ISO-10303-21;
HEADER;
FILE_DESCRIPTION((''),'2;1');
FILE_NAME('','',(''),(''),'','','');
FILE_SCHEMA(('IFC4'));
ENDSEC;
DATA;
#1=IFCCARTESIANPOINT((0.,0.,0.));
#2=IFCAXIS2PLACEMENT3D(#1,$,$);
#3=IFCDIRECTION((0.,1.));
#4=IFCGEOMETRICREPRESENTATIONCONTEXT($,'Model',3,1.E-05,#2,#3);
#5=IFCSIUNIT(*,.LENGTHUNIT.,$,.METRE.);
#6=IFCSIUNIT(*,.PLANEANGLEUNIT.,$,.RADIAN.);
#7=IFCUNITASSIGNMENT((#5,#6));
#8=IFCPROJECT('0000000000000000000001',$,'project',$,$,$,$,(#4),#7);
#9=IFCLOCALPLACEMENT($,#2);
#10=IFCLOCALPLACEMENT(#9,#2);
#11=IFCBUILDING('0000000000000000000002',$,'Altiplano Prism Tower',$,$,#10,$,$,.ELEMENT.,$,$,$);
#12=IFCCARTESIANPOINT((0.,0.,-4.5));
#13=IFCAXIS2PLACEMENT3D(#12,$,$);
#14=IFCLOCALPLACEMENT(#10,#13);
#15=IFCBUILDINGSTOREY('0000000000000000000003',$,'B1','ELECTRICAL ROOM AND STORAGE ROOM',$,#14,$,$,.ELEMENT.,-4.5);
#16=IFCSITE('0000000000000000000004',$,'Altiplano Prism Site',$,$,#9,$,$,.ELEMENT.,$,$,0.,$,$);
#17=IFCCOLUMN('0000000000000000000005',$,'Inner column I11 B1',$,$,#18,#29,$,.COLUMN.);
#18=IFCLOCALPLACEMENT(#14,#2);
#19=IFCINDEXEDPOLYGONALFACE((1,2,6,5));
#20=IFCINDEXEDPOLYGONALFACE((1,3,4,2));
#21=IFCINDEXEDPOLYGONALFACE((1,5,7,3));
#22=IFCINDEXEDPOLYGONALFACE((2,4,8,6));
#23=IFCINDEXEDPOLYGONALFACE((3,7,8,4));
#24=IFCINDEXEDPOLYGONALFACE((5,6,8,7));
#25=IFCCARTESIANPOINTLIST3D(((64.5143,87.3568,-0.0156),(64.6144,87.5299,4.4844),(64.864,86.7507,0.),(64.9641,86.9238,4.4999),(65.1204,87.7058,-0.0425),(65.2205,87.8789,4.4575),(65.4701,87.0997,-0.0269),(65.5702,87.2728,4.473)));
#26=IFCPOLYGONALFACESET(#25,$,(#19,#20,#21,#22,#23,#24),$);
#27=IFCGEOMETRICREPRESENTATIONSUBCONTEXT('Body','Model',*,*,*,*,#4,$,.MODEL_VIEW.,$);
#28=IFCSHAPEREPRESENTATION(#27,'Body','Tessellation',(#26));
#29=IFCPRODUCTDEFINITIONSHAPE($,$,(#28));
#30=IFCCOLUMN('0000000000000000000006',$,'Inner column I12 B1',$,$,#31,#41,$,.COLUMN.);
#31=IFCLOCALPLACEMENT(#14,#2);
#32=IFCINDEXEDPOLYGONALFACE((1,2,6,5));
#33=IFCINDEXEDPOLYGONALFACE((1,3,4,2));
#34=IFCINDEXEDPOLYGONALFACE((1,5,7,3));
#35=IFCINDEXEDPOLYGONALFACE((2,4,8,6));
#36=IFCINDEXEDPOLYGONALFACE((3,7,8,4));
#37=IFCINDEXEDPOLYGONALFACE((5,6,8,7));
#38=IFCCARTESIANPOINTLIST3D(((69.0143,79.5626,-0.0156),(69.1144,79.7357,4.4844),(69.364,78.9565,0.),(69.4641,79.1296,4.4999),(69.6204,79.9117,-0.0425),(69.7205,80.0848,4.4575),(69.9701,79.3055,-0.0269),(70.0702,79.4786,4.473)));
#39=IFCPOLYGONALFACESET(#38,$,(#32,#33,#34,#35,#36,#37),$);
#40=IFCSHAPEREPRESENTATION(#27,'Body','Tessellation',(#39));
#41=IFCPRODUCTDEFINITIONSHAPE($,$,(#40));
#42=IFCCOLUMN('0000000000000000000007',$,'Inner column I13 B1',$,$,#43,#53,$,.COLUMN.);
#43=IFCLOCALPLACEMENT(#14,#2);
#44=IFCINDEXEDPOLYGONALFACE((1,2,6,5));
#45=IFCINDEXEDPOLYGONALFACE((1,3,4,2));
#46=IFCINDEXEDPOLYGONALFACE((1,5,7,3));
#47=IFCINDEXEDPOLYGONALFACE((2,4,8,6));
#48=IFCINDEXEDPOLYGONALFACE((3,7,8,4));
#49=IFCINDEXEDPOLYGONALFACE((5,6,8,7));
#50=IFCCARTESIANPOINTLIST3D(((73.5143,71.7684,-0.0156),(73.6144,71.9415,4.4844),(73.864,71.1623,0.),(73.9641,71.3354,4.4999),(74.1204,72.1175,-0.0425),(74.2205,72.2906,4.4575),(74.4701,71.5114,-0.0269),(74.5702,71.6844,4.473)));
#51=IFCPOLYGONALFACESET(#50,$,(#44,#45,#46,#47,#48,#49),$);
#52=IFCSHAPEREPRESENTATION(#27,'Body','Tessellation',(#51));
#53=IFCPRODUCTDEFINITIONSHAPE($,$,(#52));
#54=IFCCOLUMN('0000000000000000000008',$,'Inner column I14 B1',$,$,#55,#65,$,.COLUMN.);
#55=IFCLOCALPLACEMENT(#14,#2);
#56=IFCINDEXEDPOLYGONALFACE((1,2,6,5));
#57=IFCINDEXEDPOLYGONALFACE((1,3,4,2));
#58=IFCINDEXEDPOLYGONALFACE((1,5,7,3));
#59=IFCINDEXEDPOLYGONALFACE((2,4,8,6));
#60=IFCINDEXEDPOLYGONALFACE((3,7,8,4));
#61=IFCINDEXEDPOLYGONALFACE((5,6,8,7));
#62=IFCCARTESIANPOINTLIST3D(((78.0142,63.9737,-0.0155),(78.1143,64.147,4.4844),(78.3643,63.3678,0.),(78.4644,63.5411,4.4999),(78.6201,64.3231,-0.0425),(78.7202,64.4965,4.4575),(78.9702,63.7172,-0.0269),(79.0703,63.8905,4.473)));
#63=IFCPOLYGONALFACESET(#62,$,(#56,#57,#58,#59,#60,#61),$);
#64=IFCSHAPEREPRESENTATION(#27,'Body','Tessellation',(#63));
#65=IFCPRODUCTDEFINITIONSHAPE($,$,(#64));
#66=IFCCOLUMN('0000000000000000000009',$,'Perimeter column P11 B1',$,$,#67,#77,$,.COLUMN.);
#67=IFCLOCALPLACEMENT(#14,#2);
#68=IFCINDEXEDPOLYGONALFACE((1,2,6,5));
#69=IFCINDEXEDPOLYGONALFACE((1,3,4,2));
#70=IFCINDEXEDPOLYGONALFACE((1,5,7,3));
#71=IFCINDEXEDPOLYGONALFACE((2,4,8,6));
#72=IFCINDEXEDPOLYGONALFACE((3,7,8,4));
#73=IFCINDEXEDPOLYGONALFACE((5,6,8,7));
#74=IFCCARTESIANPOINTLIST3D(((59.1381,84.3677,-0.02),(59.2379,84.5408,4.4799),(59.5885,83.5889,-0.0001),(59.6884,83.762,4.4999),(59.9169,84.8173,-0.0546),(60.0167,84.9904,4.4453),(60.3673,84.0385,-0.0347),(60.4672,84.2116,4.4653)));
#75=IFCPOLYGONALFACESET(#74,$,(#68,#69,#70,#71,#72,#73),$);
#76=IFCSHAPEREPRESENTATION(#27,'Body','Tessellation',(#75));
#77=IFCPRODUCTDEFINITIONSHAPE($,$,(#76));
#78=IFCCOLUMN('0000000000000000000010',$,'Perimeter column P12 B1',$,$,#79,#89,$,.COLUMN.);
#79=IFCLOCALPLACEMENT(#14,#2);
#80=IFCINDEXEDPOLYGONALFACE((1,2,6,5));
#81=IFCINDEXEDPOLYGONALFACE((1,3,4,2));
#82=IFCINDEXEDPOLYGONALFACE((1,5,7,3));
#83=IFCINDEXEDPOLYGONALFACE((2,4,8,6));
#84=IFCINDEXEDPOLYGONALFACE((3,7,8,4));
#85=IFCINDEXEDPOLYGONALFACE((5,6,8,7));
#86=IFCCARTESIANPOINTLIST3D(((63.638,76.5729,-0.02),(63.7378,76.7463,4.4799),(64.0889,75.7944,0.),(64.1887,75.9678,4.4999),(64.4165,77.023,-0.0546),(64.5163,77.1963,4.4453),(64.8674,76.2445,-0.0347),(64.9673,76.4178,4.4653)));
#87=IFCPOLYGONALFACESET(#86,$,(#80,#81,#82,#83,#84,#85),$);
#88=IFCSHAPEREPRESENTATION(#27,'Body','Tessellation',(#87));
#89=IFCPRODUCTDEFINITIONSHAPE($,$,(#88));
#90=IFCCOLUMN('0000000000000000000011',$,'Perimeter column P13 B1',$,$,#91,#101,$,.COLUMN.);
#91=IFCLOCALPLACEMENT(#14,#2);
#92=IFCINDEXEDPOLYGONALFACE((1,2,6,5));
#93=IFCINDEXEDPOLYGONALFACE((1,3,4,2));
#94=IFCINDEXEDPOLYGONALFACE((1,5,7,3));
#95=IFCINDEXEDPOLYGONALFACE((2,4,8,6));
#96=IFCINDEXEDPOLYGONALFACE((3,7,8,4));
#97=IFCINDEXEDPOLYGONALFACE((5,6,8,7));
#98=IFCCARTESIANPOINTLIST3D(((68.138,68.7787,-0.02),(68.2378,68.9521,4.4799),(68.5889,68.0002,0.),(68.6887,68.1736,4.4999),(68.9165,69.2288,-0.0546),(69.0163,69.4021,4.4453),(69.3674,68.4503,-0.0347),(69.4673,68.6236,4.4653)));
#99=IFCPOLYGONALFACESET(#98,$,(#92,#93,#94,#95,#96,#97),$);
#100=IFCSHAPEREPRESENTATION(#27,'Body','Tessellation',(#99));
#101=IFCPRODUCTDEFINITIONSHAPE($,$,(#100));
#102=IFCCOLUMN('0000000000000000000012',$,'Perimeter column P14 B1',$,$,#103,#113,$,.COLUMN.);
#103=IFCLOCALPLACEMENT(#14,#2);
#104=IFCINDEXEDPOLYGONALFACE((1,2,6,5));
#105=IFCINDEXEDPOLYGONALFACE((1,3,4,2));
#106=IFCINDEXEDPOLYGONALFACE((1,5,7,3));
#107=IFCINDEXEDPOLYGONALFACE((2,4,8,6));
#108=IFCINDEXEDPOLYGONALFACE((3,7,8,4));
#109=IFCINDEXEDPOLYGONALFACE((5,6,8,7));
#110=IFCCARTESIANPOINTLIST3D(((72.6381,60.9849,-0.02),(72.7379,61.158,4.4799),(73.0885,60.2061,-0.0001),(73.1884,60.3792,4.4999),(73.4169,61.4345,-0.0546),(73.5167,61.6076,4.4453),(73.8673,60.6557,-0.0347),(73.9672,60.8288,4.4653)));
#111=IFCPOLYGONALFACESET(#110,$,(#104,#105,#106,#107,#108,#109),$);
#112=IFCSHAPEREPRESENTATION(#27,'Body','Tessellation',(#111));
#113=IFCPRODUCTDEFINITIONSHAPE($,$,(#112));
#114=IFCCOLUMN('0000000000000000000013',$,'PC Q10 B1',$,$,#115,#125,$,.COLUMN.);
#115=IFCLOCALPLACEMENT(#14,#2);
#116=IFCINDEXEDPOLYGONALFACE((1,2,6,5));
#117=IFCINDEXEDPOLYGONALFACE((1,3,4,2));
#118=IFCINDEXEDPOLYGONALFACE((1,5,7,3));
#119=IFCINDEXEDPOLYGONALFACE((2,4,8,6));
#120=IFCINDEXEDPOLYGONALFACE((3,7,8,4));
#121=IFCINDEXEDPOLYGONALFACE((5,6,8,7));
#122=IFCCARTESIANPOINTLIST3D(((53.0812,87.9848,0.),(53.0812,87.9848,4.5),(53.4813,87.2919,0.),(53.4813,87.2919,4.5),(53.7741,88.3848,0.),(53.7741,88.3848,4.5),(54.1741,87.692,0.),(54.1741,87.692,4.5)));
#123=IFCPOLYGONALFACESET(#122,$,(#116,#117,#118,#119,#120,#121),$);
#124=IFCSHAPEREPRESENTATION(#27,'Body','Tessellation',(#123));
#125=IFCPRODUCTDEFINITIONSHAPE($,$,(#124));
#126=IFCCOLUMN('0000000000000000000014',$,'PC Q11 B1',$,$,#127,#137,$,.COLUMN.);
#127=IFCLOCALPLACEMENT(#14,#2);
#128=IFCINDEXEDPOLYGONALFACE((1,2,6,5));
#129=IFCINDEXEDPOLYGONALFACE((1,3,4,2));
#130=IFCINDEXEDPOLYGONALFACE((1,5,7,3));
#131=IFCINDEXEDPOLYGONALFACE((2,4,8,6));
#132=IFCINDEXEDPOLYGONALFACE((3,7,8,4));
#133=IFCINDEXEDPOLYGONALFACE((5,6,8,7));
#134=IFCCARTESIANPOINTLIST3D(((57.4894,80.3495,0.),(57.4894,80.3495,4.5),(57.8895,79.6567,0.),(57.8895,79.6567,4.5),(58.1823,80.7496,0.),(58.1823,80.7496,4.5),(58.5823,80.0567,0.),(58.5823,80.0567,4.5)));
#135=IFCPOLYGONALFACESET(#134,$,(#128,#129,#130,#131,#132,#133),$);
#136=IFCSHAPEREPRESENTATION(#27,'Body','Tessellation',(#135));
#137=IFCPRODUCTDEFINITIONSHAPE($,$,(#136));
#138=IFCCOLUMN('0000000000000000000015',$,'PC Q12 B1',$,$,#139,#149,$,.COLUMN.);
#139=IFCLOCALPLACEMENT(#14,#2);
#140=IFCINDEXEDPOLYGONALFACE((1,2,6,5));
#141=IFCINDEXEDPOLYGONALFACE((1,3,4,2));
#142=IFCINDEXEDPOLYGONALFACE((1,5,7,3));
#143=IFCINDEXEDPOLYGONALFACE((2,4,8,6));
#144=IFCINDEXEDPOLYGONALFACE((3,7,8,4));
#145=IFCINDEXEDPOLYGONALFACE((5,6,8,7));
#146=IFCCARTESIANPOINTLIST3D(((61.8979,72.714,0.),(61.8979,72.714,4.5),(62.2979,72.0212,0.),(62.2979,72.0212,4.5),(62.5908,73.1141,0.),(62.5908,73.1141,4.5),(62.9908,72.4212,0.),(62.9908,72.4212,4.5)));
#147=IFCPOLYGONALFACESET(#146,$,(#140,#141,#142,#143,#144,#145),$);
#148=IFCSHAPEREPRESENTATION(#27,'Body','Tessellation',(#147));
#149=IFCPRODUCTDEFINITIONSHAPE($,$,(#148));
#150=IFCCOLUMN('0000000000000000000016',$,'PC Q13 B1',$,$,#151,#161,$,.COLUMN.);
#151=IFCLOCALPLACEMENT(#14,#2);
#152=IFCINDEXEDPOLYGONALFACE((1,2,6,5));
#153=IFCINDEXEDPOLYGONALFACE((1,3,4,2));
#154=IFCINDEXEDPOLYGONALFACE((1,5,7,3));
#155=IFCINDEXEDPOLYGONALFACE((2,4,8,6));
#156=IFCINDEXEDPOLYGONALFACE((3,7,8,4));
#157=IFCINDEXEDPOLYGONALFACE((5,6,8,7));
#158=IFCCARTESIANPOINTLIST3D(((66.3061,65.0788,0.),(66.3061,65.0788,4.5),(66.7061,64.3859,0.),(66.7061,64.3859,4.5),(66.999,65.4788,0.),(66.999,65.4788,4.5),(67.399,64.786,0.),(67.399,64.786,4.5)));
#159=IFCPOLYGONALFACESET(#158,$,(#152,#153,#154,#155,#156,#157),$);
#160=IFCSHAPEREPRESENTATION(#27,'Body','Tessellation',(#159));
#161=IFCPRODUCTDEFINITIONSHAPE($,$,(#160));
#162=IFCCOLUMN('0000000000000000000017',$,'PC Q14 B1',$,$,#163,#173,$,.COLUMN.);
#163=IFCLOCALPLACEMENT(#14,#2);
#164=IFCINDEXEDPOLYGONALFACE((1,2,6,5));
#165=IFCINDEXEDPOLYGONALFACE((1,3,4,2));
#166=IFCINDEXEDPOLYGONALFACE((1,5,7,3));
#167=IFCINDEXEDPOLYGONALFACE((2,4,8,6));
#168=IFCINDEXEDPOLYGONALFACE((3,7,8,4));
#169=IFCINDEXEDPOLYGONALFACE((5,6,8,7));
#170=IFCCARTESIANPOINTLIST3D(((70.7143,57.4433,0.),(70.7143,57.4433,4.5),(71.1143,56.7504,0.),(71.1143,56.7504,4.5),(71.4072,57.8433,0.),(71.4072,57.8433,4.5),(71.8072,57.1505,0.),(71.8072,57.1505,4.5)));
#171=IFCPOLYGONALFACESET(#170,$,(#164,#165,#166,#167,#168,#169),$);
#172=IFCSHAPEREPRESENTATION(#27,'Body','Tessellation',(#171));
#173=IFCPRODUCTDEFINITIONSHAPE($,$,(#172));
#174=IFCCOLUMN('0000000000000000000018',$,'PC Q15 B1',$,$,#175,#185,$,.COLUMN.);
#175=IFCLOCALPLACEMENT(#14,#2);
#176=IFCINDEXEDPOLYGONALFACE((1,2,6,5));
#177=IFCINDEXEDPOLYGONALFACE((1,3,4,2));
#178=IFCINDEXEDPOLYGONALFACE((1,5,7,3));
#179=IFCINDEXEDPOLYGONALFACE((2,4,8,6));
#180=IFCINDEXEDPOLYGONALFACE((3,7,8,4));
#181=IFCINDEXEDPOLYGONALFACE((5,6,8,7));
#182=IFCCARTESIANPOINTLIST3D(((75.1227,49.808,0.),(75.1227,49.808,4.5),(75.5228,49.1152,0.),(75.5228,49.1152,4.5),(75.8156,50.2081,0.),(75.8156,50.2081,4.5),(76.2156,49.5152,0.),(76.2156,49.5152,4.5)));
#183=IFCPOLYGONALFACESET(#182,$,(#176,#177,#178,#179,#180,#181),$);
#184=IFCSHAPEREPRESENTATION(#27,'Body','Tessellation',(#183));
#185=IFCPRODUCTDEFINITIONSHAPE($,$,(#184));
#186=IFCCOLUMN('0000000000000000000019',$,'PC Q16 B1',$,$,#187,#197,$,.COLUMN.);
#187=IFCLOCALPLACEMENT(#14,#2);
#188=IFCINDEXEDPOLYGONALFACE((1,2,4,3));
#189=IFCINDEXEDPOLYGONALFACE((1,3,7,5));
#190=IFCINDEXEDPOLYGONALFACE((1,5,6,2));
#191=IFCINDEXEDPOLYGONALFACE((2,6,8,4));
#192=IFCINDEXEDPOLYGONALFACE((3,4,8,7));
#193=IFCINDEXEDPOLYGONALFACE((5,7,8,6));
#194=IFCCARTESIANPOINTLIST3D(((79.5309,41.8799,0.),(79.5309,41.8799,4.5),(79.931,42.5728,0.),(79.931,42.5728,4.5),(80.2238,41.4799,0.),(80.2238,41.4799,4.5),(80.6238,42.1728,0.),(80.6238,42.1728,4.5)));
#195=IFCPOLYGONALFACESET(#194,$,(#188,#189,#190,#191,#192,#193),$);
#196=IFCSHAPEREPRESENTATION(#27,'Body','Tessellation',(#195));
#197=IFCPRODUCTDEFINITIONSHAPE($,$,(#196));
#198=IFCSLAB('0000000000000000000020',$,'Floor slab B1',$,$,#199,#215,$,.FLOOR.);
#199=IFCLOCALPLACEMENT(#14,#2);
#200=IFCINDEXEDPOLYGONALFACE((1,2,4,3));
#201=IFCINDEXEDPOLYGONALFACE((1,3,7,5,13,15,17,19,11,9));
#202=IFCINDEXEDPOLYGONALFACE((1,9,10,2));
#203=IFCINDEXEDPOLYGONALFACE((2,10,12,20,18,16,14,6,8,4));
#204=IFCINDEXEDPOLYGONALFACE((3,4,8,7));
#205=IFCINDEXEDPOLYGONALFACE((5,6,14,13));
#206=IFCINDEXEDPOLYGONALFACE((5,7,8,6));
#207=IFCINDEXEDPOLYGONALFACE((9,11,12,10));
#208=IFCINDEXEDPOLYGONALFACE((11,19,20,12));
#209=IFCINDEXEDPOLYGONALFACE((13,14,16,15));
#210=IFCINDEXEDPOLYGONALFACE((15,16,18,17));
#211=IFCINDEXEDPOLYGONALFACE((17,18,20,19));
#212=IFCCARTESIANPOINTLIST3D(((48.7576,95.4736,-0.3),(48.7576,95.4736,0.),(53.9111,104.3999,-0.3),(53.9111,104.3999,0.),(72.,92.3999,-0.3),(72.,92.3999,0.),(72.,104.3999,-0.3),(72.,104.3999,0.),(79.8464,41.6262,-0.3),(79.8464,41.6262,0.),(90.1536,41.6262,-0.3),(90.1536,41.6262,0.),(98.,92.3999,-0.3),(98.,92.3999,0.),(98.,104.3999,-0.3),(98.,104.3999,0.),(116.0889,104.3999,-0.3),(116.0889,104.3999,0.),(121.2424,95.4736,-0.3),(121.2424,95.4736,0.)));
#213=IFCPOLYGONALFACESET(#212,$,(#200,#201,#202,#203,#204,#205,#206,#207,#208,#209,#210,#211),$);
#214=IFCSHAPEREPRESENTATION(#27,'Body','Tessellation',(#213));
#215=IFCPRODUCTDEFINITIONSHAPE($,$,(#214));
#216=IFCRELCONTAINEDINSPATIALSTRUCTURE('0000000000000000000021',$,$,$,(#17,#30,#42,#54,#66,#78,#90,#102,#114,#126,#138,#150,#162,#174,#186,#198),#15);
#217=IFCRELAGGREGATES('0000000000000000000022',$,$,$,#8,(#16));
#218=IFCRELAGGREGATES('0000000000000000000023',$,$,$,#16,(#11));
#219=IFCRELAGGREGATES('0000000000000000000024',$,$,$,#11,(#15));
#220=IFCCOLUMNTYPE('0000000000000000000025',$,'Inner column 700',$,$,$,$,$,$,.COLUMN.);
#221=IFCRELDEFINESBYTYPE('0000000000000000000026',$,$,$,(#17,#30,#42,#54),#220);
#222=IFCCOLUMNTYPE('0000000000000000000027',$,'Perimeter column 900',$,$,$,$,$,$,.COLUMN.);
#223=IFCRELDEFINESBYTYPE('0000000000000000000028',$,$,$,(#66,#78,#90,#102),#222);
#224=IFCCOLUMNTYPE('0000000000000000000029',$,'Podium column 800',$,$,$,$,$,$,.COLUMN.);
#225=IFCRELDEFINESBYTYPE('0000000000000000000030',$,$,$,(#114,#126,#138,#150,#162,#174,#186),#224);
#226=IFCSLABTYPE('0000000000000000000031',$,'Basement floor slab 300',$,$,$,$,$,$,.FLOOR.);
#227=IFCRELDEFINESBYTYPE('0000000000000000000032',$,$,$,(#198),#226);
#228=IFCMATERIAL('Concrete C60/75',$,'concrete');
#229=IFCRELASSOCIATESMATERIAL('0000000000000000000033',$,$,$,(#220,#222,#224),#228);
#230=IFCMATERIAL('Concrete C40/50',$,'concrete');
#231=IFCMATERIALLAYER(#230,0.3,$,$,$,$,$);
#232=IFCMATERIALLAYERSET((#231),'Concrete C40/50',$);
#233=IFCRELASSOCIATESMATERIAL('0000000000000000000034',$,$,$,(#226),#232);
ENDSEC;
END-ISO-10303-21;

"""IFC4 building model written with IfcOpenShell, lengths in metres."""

from ifc_helpers import new_model, si_unit, direction, frame, origin, origin_2d, place, context, subcontext, project, spatial, polyline, rectangle, outline, extrude, material, layer, layer_set, material_profile, profile_set, type_object, element, save


model = new_model("IFC4")

# Units and contexts
model_context = context("Model", 3, precision=1e-05, world=origin(), true_north=direction((0.0, 1.0)))
body_context = subcontext(model_context, "Body", "Model", "MODEL_VIEW")
ifc_project = project(units=[si_unit("LENGTHUNIT", "METRE"), si_unit("PLANEANGLEUNIT", "RADIAN")], contexts=[model_context])

# Site, building, storey
site_placement = place(None, origin())
site = spatial("IfcSite", under=ifc_project, at=site_placement, Name="Altiplano Prism Site", CompositionType="ELEMENT", RefElevation=0.0)
building_placement = place(site_placement, origin())
building = spatial("IfcBuilding", under=site, at=building_placement, Name="Altiplano Prism Tower", CompositionType="ELEMENT")
storey_placement = place(building_placement, frame((0.0, 0.0, -4.5)))
storey = spatial("IfcBuildingStorey", under=building, at=storey_placement, Name="B1", Description="ELECTRICAL ROOM AND STORAGE ROOM", CompositionType="ELEMENT", Elevation=-4.5)

# Columns
ifc_material_1 = material(Name="Concrete C60/75", Category="concrete")
ifc_material_profile_1 = material_profile(ifc_material_1, rectangle(XDim=0.7, YDim=0.7, at=origin_2d()), Name="Inner column 700")
ifc_profile_set_1 = profile_set([ifc_material_profile_1], Name="Concrete C60/75")
column_type_1 = type_object("IfcColumnType", Name="Inner column 700", PredefinedType="COLUMN", material=ifc_profile_set_1)
for number, where, z_axis, x_axis, name in (
    (1, (64.9922, 87.2283, -0.0212), (0.022222, 0.038428, 0.999014), (-0.865945, -0.498659, 0.038443), "Inner column I11 B1"),
    (2, (69.4922, 79.4341, -0.0212), (0.022222, 0.038428, 0.999014), (-0.865947, -0.498657, 0.038443), "Inner column I12 B1"),
    (3, (73.9922, 71.6399, -0.0212), (0.022222, 0.038428, 0.999014), (-0.865945, -0.498659, 0.038443), "Inner column I13 B1"),
    (4, (78.4922, 63.8455, -0.0212), (0.022222, 0.038482, 0.999012), (-0.865641, -0.499184, 0.038484), "Inner column I14 B1"),
):
    element("IfcColumn", number, at=place(storey_placement, frame(where, z_axis=z_axis, x_axis=x_axis)), inside=storey, type_object=column_type_1, Name=name, PredefinedType="COLUMN", context=body_context, shape_type="SweptSolid", body=[
        extrude(rectangle(XDim=0.7, YDim=0.7, at=origin_2d()), origin(), (0.0, 0.0, 1.0), 4.5044),
    ])
ifc_material_profile_2 = material_profile(ifc_material_1, rectangle(XDim=0.8999, YDim=0.8999, at=origin_2d()), Name="Perimeter column 900")
ifc_profile_set_2 = profile_set([ifc_material_profile_2], Name="Concrete C60/75")
column_type_2 = type_object("IfcColumnType", Name="Perimeter column 900", PredefinedType="COLUMN", material=ifc_profile_set_2)
for number, where, z_axis, x_axis, name in (
    (5, (59.7527, 84.2031, -0.0273), (0.022168, 0.038428, 0.999015), (-0.865418, -0.499575, 0.03842), "Perimeter column P11 B1"),
    (6, (64.2527, 76.4087, -0.0273), (0.022168, 0.038482, 0.999013), (-0.865114, -0.500099, 0.03846), "Perimeter column P12 B1"),
    (7, (68.7527, 68.6145, -0.0273), (0.022168, 0.038482, 0.999013), (-0.865112, -0.500101, 0.03846), "Perimeter column P13 B1"),
    (8, (73.2527, 60.8203, -0.0273), (0.022168, 0.038428, 0.999015), (-0.865419, -0.499573, 0.03842), "Perimeter column P14 B1"),
):
    element("IfcColumn", number, at=place(storey_placement, frame(where, z_axis=z_axis, x_axis=x_axis)), inside=storey, type_object=column_type_2, Name=name, PredefinedType="COLUMN", context=body_context, shape_type="SweptSolid", body=[
        extrude(rectangle(XDim=0.8999, YDim=0.8999, at=origin_2d()), origin(), (0.0, 0.0, 1.0), 4.5044),
    ])
ifc_material_profile_3 = material_profile(ifc_material_1, rectangle(XDim=0.8, YDim=0.8, at=origin_2d()), Name="Podium column 800")
ifc_profile_set_3 = profile_set([ifc_material_profile_3], Name="Concrete C60/75")
column_type_3 = type_object("IfcColumnType", Name="Podium column 800", PredefinedType="COLUMN", material=ifc_profile_set_3)
for number, where, z_axis, x_axis, name in (
    (9, (53.6277, 87.8384, 0.0), (0.0, 0.0, 1.0), (0.866025, 0.5, 0.0), "PC Q10 B1"),
    (10, (58.0359, 80.2031, 0.0), (0.0, 0.0, 1.0), (0.866025, 0.5, 0.0), "PC Q11 B1"),
    (11, (62.4443, 72.5676, 0.0), (0.0, 0.0, 1.0), (0.866025, 0.5, 0.0), "PC Q12 B1"),
    (12, (66.8525, 64.9324, 0.0), (0.0, 0.0, 1.0), (0.866025, 0.5, 0.0), "PC Q13 B1"),
    (13, (71.2607, 57.2969, 0.0), (0.0, 0.0, 1.0), (0.866025, 0.5, 0.0), "PC Q14 B1"),
    (14, (75.6692, 49.6616, 0.0), (0.0, 0.0, 1.0), (0.866025, 0.5, 0.0), "PC Q15 B1"),
    (15, (80.0774, 42.0264, 0.0), (0.0, 0.0, 1.0), (0.5, 0.866025, 0.0), "PC Q16 B1"),
):
    element("IfcColumn", number, at=place(storey_placement, frame(where, z_axis=z_axis, x_axis=x_axis)), inside=storey, type_object=column_type_3, Name=name, PredefinedType="COLUMN", context=body_context, shape_type="SweptSolid", body=[
        extrude(rectangle(XDim=0.8, YDim=0.8, at=origin_2d()), origin(), (0.0, 0.0, 1.0), 4.5),
    ])

# Slab
ifc_material_2 = material(Name="Concrete C40/50", Category="concrete")
ifc_layer_1 = layer(ifc_material_2, 0.3)
ifc_layer_set_1 = layer_set([ifc_layer_1], Name="Concrete C40/50")
slab_type_1 = type_object("IfcSlabType", Name="Basement floor slab 300", PredefinedType="FLOOR", material=ifc_layer_set_1)
slab_1_placement = place(storey_placement, frame((0.0, 0.0, -0.3)))
element("IfcSlab", 16, at=slab_1_placement, inside=storey, type_object=slab_type_1, Name="Floor slab B1", PredefinedType="FLOOR", context=body_context, shape_type="SweptSolid", body=[
    extrude(outline(polyline([(116.0889, 104.3999), (121.2424, 95.4736), (90.1536, 41.6262), (79.8464, 41.6262), (48.7576, 95.4736), (53.9111, 104.3999), (72.0, 104.3999), (72.0, 92.3999), (98.0, 92.3999), (98.0, 104.3999), (116.0889, 104.3999)])), origin(), (0.0, 0.0, 1.0), 0.3),
])

save(model, "model.ifc")
